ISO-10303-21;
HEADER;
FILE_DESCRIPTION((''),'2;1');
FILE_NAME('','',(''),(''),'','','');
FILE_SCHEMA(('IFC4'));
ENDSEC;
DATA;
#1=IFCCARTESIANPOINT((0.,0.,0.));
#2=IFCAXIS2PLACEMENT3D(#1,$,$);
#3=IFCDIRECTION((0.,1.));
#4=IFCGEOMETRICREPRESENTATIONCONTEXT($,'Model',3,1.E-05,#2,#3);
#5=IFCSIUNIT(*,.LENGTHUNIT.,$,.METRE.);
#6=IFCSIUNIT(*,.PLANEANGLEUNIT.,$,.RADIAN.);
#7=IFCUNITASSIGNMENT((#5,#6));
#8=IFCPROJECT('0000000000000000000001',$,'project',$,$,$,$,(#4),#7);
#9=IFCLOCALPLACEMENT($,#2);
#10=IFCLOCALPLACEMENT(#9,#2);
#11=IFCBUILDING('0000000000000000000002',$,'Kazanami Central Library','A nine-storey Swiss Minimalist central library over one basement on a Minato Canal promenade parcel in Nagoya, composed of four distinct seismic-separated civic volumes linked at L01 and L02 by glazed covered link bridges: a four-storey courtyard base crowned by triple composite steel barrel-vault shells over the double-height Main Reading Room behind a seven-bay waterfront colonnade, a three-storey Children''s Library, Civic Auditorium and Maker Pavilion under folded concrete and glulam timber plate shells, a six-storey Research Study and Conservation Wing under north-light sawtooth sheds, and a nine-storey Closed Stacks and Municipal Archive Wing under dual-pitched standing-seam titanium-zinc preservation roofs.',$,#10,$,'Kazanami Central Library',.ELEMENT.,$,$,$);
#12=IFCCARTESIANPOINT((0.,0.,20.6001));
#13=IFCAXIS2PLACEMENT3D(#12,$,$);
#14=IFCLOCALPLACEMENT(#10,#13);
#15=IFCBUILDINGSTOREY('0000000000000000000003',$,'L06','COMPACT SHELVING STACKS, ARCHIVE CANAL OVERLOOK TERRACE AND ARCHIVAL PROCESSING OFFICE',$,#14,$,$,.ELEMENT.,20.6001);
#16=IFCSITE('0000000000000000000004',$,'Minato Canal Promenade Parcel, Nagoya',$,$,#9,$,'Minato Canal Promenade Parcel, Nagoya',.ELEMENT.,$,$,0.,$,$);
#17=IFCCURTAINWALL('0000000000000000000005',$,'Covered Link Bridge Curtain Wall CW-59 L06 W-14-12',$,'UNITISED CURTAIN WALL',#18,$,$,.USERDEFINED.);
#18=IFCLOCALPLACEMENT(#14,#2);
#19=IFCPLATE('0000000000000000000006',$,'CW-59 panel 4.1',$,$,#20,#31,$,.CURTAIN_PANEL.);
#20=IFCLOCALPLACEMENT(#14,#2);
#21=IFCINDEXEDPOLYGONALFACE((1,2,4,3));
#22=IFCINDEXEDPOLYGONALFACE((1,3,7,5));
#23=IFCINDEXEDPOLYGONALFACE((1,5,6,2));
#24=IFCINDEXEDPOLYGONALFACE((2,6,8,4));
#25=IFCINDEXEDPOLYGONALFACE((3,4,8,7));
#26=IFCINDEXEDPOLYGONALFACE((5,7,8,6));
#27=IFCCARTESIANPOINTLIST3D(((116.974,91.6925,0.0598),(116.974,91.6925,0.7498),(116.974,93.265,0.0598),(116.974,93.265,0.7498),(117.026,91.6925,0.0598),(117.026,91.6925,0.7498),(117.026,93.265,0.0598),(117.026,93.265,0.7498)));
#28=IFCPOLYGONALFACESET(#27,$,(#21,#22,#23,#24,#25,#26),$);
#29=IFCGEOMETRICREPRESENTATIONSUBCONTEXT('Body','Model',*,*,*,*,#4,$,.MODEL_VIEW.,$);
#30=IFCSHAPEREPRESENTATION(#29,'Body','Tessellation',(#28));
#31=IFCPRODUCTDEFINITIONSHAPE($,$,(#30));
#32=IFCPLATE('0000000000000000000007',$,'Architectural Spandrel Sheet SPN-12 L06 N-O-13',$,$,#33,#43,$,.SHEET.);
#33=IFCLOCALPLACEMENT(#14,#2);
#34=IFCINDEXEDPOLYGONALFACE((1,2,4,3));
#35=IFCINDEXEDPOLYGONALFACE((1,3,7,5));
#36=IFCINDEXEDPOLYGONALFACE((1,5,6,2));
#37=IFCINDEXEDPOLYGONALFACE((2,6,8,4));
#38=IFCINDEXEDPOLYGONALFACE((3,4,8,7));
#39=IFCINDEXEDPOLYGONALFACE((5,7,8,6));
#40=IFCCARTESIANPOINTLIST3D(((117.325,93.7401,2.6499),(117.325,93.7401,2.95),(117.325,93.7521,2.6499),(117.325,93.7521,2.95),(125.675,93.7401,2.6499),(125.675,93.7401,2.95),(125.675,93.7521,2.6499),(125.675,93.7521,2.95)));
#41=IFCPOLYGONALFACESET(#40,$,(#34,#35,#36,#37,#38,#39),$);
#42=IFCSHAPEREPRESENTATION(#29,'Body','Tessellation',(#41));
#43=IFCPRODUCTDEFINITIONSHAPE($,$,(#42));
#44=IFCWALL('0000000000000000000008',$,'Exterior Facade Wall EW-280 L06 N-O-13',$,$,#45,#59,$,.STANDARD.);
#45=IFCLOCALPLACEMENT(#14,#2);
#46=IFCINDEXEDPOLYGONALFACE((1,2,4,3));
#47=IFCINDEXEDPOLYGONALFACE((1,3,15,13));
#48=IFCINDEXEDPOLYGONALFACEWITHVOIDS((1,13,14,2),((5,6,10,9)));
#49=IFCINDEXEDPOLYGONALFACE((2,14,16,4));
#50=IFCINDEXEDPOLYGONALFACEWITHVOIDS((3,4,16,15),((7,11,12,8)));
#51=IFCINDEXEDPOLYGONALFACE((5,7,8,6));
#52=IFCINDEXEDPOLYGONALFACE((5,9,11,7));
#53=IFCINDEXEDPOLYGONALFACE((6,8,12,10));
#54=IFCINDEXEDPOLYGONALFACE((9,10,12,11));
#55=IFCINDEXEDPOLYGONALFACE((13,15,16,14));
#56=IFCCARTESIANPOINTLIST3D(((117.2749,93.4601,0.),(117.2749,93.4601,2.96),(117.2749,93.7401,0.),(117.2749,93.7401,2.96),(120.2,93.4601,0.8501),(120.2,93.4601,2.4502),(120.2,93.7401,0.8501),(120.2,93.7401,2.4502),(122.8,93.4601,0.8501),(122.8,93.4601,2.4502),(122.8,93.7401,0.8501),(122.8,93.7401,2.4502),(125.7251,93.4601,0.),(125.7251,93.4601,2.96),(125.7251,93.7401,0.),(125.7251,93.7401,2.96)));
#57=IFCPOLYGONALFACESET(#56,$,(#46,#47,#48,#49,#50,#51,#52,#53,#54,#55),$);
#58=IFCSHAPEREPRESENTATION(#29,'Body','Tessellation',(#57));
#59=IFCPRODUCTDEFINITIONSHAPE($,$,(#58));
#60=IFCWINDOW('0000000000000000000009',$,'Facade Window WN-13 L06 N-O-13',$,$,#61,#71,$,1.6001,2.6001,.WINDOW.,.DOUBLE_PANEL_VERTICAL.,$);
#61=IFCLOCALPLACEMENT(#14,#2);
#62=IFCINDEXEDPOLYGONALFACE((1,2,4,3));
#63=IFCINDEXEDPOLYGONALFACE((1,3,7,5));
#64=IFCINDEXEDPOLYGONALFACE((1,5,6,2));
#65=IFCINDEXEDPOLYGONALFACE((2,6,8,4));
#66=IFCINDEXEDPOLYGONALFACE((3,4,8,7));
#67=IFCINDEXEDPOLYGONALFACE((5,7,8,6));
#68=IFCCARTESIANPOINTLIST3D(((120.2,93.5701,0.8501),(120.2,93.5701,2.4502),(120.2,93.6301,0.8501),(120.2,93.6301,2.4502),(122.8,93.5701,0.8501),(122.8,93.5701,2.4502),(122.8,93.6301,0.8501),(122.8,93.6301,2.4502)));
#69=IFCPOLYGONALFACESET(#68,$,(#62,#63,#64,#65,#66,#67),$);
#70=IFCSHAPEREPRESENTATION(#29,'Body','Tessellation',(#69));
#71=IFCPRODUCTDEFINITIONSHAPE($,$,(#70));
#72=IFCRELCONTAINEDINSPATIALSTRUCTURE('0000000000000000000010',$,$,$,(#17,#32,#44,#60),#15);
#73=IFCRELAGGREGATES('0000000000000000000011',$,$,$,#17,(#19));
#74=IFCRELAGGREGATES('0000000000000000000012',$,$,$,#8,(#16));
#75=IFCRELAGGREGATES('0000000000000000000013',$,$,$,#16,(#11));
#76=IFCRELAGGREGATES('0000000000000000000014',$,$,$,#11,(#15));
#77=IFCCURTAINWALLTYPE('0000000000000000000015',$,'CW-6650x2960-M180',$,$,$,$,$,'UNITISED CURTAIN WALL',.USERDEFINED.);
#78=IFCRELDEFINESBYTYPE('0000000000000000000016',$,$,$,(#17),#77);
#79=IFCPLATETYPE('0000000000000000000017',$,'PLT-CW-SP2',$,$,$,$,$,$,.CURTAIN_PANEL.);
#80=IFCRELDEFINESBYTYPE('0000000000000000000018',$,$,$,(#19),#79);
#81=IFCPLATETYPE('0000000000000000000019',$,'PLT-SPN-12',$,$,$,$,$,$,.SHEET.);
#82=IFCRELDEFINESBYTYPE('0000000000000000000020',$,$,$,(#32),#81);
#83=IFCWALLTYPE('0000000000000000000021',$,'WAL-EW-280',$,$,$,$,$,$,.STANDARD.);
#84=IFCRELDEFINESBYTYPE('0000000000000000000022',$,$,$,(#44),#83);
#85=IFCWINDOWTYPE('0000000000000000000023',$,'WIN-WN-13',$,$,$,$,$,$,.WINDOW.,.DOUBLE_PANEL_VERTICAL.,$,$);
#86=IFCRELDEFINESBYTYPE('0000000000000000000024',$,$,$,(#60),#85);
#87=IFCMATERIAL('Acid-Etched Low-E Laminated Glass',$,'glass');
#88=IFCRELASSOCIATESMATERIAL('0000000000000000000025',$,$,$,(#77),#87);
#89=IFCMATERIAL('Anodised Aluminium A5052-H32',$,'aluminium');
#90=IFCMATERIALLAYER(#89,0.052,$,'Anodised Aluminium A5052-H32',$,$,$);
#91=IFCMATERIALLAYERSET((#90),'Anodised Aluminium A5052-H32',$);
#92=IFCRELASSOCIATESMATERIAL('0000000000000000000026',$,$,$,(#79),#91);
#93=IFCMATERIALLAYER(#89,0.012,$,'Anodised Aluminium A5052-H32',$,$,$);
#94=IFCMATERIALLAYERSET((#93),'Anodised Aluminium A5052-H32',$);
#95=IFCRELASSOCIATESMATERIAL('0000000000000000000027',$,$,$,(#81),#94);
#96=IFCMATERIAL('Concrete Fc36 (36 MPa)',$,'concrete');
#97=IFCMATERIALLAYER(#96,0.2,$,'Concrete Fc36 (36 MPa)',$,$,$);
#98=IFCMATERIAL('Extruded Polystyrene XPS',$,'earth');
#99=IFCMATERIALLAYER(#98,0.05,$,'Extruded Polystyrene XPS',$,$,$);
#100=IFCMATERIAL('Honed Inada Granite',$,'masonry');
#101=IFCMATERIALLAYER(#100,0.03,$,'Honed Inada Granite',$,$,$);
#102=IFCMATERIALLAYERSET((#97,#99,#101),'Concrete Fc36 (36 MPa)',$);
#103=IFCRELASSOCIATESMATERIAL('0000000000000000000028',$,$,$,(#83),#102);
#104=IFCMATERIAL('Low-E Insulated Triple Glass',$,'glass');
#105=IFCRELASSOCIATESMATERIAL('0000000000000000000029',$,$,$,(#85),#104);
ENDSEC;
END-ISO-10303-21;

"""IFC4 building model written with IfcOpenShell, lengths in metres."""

from ifc_helpers import new_model, si_unit, direction, frame, frame_2d, origin, origin_2d, place, context, subcontext, project, spatial, rectangle, extrude, material, layer, layer_set, type_object, element, fill, aggregate, save


model = new_model("IFC4")

# Units and contexts
model_context = context("Model", 3, precision=1e-05, world=origin(), true_north=direction((0.0, 1.0)))
body_context = subcontext(model_context, "Body", "Model", "MODEL_VIEW")
ifc_project = project(units=[si_unit("LENGTHUNIT", "METRE"), si_unit("PLANEANGLEUNIT", "RADIAN")], contexts=[model_context])

# Site, building, storey
site_placement = place(None, origin())
site = spatial("IfcSite", under=ifc_project, at=site_placement, Name="Minato Canal Promenade Parcel, Nagoya", LongName="Minato Canal Promenade Parcel, Nagoya", CompositionType="ELEMENT", RefElevation=0.0)
building_placement = place(site_placement, origin())
building = spatial("IfcBuilding", under=site, at=building_placement, Name="Kazanami Central Library", Description="A nine-storey Swiss Minimalist central library over one basement on a Minato Canal promenade parcel in Nagoya, composed of four distinct seismic-separated civic volumes linked at L01 and L02 by glazed covered link bridges: a four-storey courtyard base crowned by triple composite steel barrel-vault shells over the double-height Main Reading Room behind a seven-bay waterfront colonnade, a three-storey Children's Library, Civic Auditorium and Maker Pavilion under folded concrete and glulam timber plate shells, a six-storey Research Study and Conservation Wing under north-light sawtooth sheds, and a nine-storey Closed Stacks and Municipal Archive Wing under dual-pitched standing-seam titanium-zinc preservation roofs.", LongName="Kazanami Central Library", CompositionType="ELEMENT")
storey_placement = place(building_placement, frame((0.0, 0.0, 20.6001)))
storey = spatial("IfcBuildingStorey", under=building, at=storey_placement, Name="L06", Description="COMPACT SHELVING STACKS, ARCHIVE CANAL OVERLOOK TERRACE AND ARCHIVAL PROCESSING OFFICE", CompositionType="ELEMENT", Elevation=20.6001)

# Curtain wall, plate
ifc_material_1 = material(Name="Acid-Etched Low-E Laminated Glass", Category="glass")
curtain_wall_type = type_object("IfcCurtainWallType", Name="CW-6650x2960-M180", ElementType="UNITISED CURTAIN WALL", PredefinedType="USERDEFINED", material=ifc_material_1)
curtain_wall_placement = place(storey_placement, origin())
curtain_wall = element("IfcCurtainWall", 1, at=curtain_wall_placement, inside=storey, type_object=curtain_wall_type, Name="Covered Link Bridge Curtain Wall CW-59 L06 W-14-12", ObjectType="UNITISED CURTAIN WALL", PredefinedType="USERDEFINED")
ifc_material_2 = material(Name="Low-E Insulated Triple Glass", Category="glass")
ifc_material_3 = material(Name="Anodised Aluminium A5052-H32", Category="aluminium")
ifc_layer_1 = layer(ifc_material_3, 0.052, Name="Anodised Aluminium A5052-H32")
ifc_layer_set_1 = layer_set([ifc_layer_1], Name="Anodised Aluminium A5052-H32")
plate_type_1 = type_object("IfcPlateType", Name="PLT-CW-SP2", PredefinedType="CURTAIN_PANEL", material=ifc_layer_set_1)
plate_1_placement = place(storey_placement, frame((117.0, 92.4788, 0.0598), z_axis=(0.0, 0.0, 1.0), x_axis=(0.0, 1.0, 0.0)))
plate_1 = element("IfcPlate", 2, at=plate_1_placement, type_object=plate_type_1, Name="CW-59 panel 4.1", PredefinedType="CURTAIN_PANEL", context=body_context, shape_type="SweptSolid", body=[
    extrude(rectangle(XDim=1.5725, YDim=0.052, at=origin_2d()), origin(), (0.0, 0.0, 1.0), 0.6899),
])
aggregate(curtain_wall, [plate_1])

# Plate
ifc_layer_2 = layer(ifc_material_3, 0.012, Name="Anodised Aluminium A5052-H32")
ifc_layer_set_2 = layer_set([ifc_layer_2], Name="Anodised Aluminium A5052-H32")
plate_type_2 = type_object("IfcPlateType", Name="PLT-SPN-12", PredefinedType="SHEET", material=ifc_layer_set_2)
plate_2_placement = place(storey_placement, frame((121.5, 93.7461, 2.6499), z_axis=(0.0, 0.0, 1.0), x_axis=(-1.0, 0.0, 0.0)))
element("IfcPlate", 3, at=plate_2_placement, inside=storey, type_object=plate_type_2, Name="Architectural Spandrel Sheet SPN-12 L06 N-O-13", PredefinedType="SHEET", context=body_context, shape_type="SweptSolid", body=[
    extrude(rectangle(XDim=8.3501, YDim=0.012, at=origin_2d()), origin(), (0.0, 0.0, 1.0), 0.3),
])

# Wall, opening, window
ifc_material_4 = material(Name="Concrete Fc36 (36 MPa)", Category="concrete")
ifc_layer_3 = layer(ifc_material_4, 0.2, Name="Concrete Fc36 (36 MPa)")
ifc_material_5 = material(Name="Extruded Polystyrene XPS", Category="earth")
ifc_layer_4 = layer(ifc_material_5, 0.05, Name="Extruded Polystyrene XPS")
ifc_material_6 = material(Name="Honed Inada Granite", Category="masonry")
ifc_layer_5 = layer(ifc_material_6, 0.03, Name="Honed Inada Granite")
ifc_layer_set_3 = layer_set([ifc_layer_3, ifc_layer_4, ifc_layer_5], Name="Concrete Fc36 (36 MPa)")
wall_type = type_object("IfcWallType", Name="WAL-EW-280", PredefinedType="STANDARD", material=ifc_layer_set_3)
wall_placement = place(storey_placement, frame((125.7251, 93.6001, 0.0), z_axis=(0.0, 0.0, 1.0), x_axis=(-1.0, 0.0, 0.0)))
wall = element("IfcWall", 4, at=wall_placement, inside=storey, type_object=wall_type, Name="Exterior Facade Wall EW-280 L06 N-O-13", PredefinedType="STANDARD", context=body_context, shape_type="SweptSolid", body=[
    extrude(rectangle(XDim=8.4502, YDim=0.28, at=frame_2d((4.2251, 0.0))), origin(), (0.0, 0.0, 1.0), 2.96),
])
opening_placement = place(wall_placement, frame((2.925, 0.0, 0.8501)))
opening = element("IfcOpeningElement", 5, at=opening_placement, cuts=wall, PredefinedType="OPENING", context=body_context, shape_type="SweptSolid", body=[
    extrude(rectangle(XDim=2.6001, YDim=1.6001, at=frame_2d((1.3, 0.8))), frame((0.0, 0.1519, 0.0), z_axis=(0.0, -1.0, 0.0), x_axis=(1.0, 0.0, 0.0)), (0.0, 0.0, 1.0), 0.304),
])
window_type = type_object("IfcWindowType", Name="WIN-WN-13", PartitioningType="DOUBLE_PANEL_VERTICAL", PredefinedType="WINDOW", material=ifc_material_2)
window_placement = place(opening_placement, origin())
window = element("IfcWindow", 6, at=window_placement, inside=storey, type_object=window_type, Name="Facade Window WN-13 L06 N-O-13", OverallHeight=1.6001, OverallWidth=2.6001, PartitioningType="DOUBLE_PANEL_VERTICAL", PredefinedType="WINDOW", context=body_context, shape_type="SweptSolid", body=[
    extrude(rectangle(XDim=2.6001, YDim=1.6001, at=frame_2d((1.3, 0.8))), frame((0.0, 0.03, 0.0), z_axis=(0.0, -1.0, 0.0), x_axis=(1.0, 0.0, 0.0)), (0.0, 0.0, 1.0), 0.0601),
])
fill(opening, window)

save(model, "model.ifc")
